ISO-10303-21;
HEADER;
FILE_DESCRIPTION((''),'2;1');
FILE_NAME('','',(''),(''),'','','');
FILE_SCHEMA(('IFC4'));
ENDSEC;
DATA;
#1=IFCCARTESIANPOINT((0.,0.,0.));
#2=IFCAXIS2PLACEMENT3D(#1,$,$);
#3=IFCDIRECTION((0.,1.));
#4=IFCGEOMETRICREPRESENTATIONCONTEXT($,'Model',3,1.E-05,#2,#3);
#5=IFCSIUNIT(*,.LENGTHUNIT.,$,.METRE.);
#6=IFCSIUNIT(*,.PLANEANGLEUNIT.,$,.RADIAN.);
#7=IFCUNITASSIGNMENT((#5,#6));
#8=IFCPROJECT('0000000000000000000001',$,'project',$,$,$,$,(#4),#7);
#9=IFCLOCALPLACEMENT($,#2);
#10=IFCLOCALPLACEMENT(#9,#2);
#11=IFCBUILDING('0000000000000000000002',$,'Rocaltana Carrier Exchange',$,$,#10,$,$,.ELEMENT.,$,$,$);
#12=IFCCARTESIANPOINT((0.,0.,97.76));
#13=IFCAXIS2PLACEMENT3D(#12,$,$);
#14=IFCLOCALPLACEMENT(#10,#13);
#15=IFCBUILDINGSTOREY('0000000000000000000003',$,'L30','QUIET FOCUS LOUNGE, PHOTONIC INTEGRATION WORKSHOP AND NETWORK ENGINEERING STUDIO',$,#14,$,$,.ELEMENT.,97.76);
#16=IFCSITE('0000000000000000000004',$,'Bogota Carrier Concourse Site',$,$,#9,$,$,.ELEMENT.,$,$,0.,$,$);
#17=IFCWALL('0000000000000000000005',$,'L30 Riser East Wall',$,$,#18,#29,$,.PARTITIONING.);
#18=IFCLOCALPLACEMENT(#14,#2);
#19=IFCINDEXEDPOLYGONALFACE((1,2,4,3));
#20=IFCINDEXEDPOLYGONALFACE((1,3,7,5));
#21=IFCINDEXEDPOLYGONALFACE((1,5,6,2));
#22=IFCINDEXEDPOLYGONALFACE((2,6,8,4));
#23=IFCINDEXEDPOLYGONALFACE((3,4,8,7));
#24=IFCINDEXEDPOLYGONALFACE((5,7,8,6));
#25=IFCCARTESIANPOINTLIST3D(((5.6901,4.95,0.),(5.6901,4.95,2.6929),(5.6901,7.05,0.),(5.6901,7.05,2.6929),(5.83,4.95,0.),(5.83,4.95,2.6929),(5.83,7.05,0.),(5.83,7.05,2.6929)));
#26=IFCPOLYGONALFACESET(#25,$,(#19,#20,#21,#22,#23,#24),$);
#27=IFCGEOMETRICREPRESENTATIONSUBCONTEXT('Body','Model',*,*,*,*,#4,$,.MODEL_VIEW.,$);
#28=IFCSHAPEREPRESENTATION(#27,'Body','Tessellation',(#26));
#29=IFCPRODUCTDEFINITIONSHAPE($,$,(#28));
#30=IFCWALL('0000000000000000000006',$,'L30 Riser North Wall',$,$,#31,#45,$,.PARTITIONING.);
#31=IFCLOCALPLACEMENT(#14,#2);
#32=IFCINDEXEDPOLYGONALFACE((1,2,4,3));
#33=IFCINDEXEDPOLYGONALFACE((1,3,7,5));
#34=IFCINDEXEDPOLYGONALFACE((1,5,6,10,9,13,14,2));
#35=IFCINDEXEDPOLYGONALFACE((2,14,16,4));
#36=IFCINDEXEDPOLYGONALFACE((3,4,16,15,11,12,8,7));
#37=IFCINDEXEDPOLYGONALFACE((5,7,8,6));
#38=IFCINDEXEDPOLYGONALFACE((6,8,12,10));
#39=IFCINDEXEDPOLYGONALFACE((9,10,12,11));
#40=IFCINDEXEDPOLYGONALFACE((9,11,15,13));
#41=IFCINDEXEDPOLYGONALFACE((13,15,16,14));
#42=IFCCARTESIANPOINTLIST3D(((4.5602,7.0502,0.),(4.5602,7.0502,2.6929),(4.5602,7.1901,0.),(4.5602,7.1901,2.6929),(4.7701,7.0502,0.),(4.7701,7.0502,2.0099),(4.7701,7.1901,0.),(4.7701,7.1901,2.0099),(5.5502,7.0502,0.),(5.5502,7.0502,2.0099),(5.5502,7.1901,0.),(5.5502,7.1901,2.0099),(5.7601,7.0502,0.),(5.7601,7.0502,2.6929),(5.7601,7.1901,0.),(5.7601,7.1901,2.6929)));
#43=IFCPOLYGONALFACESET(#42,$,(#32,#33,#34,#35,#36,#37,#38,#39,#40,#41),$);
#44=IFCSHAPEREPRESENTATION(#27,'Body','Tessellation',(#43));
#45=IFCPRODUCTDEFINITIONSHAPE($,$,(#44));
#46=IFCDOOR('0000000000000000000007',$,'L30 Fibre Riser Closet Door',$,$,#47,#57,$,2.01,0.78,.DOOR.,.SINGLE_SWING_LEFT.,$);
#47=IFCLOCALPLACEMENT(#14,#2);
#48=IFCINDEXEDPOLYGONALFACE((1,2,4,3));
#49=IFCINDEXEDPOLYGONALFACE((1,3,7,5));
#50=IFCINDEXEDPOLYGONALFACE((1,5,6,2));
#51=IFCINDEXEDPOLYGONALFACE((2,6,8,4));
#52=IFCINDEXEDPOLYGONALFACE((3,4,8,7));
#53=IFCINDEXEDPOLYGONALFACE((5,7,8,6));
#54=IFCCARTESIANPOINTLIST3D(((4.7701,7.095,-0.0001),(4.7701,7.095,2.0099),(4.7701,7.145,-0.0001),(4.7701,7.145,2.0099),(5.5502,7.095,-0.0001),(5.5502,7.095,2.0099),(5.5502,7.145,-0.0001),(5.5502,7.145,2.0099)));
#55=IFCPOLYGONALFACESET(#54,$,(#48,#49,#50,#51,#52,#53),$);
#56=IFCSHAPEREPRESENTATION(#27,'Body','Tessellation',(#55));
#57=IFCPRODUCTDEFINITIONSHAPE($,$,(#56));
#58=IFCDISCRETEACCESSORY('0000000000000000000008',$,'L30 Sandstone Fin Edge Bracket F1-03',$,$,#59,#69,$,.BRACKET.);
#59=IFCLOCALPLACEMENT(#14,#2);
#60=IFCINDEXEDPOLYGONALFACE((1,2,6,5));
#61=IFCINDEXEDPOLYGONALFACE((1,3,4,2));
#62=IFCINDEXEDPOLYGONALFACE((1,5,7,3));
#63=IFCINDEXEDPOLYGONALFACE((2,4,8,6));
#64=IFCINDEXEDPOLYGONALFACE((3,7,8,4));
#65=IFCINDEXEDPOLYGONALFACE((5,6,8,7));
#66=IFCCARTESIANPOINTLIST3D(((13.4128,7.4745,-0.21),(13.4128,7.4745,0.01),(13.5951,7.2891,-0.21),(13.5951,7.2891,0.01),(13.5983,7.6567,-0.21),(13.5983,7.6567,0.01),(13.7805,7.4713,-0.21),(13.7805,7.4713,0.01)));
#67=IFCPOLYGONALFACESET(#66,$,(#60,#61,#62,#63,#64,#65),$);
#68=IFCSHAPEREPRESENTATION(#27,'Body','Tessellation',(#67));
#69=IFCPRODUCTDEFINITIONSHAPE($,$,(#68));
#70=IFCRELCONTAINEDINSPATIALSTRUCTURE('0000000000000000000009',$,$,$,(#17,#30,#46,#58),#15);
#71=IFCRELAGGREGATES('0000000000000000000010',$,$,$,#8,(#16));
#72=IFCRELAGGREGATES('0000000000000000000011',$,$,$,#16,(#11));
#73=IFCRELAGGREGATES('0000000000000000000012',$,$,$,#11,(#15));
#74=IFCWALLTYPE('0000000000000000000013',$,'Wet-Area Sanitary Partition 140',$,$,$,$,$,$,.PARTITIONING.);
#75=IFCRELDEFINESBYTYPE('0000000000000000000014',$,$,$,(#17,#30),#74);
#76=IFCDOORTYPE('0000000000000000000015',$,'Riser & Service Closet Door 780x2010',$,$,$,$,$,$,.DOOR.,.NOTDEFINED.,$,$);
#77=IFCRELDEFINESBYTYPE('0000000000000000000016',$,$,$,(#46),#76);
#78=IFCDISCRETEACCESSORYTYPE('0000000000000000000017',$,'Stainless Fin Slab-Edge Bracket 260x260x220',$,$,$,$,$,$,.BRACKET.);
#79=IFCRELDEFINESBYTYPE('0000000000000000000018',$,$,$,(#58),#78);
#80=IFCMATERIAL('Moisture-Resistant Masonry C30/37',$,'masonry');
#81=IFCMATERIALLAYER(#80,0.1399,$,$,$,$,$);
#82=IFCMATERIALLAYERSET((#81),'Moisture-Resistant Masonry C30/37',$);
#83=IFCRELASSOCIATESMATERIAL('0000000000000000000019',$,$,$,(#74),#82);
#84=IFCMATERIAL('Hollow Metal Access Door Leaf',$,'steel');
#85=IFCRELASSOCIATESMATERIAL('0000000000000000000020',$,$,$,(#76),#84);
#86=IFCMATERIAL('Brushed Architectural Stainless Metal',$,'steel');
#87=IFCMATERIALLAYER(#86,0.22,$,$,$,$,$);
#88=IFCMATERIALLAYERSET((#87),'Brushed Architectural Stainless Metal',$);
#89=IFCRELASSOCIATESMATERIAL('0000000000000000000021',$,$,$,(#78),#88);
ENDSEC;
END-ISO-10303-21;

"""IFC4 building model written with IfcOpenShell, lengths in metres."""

from ifc_helpers import new_model, si_unit, direction, frame, frame_2d, origin, origin_2d, place, context, subcontext, project, spatial, rectangle, extrude, material, layer, layer_set, type_object, element, fill, save


model = new_model("IFC4")

# Units and contexts
model_context = context("Model", 3, precision=1e-05, world=origin(), true_north=direction((0.0, 1.0)))
body_context = subcontext(model_context, "Body", "Model", "MODEL_VIEW")
ifc_project = project(units=[si_unit("LENGTHUNIT", "METRE"), si_unit("PLANEANGLEUNIT", "RADIAN")], contexts=[model_context])

# Site, building, storey
site_placement = place(None, origin())
site = spatial("IfcSite", under=ifc_project, at=site_placement, Name="Bogota Carrier Concourse Site", CompositionType="ELEMENT", RefElevation=0.0)
building_placement = place(site_placement, origin())
building = spatial("IfcBuilding", under=site, at=building_placement, Name="Rocaltana Carrier Exchange", CompositionType="ELEMENT")
storey_placement = place(building_placement, frame((0.0, 0.0, 97.76)))
storey = spatial("IfcBuildingStorey", under=building, at=storey_placement, Name="L30", Description="QUIET FOCUS LOUNGE, PHOTONIC INTEGRATION WORKSHOP AND NETWORK ENGINEERING STUDIO", CompositionType="ELEMENT", Elevation=97.76)

# Wall
ifc_material_1 = material(Name="Moisture-Resistant Masonry C30/37", Category="masonry")
ifc_layer_1 = layer(ifc_material_1, 0.1399)
ifc_layer_set_1 = layer_set([ifc_layer_1], Name="Moisture-Resistant Masonry C30/37")
wall_type_1 = type_object("IfcWallType", Name="Wet-Area Sanitary Partition 140", PredefinedType="PARTITIONING", material=ifc_layer_set_1)
wall_1_placement = place(storey_placement, frame((5.76, 4.95, 0.0), z_axis=(0.0, 0.0, 1.0), x_axis=(0.0, 1.0, 0.0)))
element("IfcWall", 1, at=wall_1_placement, inside=storey, type_object=wall_type_1, Name="L30 Riser East Wall", PredefinedType="PARTITIONING", context=body_context, shape_type="SweptSolid", body=[
    extrude(rectangle(XDim=2.1001, YDim=0.1399, at=frame_2d((1.05, 0.0))), origin(), (0.0, 0.0, 1.0), 2.6929),
])

# Wall, opening, door
wall_2_placement = place(storey_placement, frame((4.5601, 7.1201, 0.0), z_axis=(0.0, 0.0, 1.0), x_axis=(1.0, 0.0, 0.0)))
wall_2 = element("IfcWall", 2, at=wall_2_placement, inside=storey, type_object=wall_type_1, Name="L30 Riser North Wall", PredefinedType="PARTITIONING", context=body_context, shape_type="SweptSolid", body=[
    extrude(rectangle(XDim=1.2, YDim=0.1399, at=frame_2d((0.6001, 0.0))), origin(), (0.0, 0.0, 1.0), 2.6929),
])
opening_1_placement = place(wall_2_placement, frame((0.21, 0.0, 0.0)))
opening_1 = element("IfcOpeningElement", 3, at=opening_1_placement, cuts=wall_2, PredefinedType="OPENING", context=body_context, shape_type="SweptSolid", body=[
    extrude(rectangle(XDim=0.78, YDim=2.01, at=frame_2d((0.3901, 1.0049))), frame((0.0, 0.0798, 0.0), z_axis=(0.0, -1.0, 0.0), x_axis=(1.0, 0.0, 0.0)), (0.0, 0.0, 1.0), 0.1599),
])
ifc_material_2 = material(Name="Hollow Metal Access Door Leaf", Category="steel")
door_type_1 = type_object("IfcDoorType", Name="Riser & Service Closet Door 780x2010", OperationType="NOTDEFINED", PredefinedType="DOOR", material=ifc_material_2)
door_1_placement = place(opening_1_placement, origin())
door_1 = element("IfcDoor", 4, at=door_1_placement, inside=storey, type_object=door_type_1, Name="L30 Fibre Riser Closet Door", OperationType="SINGLE_SWING_LEFT", OverallHeight=2.01, OverallWidth=0.78, PredefinedType="DOOR", context=body_context, shape_type="SweptSolid", body=[
    extrude(rectangle(XDim=0.78, YDim=2.01, at=frame_2d((0.3901, 1.0049))), frame((0.0, 0.0249, 0.0), z_axis=(0.0, -1.0, 0.0), x_axis=(1.0, 0.0, 0.0)), (0.0, 0.0, 1.0), 0.05),
])
fill(opening_1, door_1)

# Discrete accessory
ifc_material_3 = material(Name="Brushed Architectural Stainless Metal", Category="steel")
ifc_layer_2 = layer(ifc_material_3, 0.22)
ifc_layer_set_2 = layer_set([ifc_layer_2], Name="Brushed Architectural Stainless Metal")
discrete_accessory_type = type_object("IfcDiscreteAccessoryType", Name="Stainless Fin Slab-Edge Bracket 260x260x220", PredefinedType="BRACKET", material=ifc_layer_set_2)
discrete_accessory_placement = place(storey_placement, frame((13.5967, 7.4729, -0.21), z_axis=(0.0, 0.0, 1.0), x_axis=(-0.700909, 0.71325, 0.0)))
element("IfcDiscreteAccessory", 5, at=discrete_accessory_placement, inside=storey, type_object=discrete_accessory_type, Name="L30 Sandstone Fin Edge Bracket F1-03", PredefinedType="BRACKET", context=body_context, shape_type="SweptSolid", body=[
    extrude(rectangle(XDim=0.26, YDim=0.26, at=origin_2d()), origin(), (0.0, 0.0, 1.0), 0.22),
])

save(model, "model.ifc")
